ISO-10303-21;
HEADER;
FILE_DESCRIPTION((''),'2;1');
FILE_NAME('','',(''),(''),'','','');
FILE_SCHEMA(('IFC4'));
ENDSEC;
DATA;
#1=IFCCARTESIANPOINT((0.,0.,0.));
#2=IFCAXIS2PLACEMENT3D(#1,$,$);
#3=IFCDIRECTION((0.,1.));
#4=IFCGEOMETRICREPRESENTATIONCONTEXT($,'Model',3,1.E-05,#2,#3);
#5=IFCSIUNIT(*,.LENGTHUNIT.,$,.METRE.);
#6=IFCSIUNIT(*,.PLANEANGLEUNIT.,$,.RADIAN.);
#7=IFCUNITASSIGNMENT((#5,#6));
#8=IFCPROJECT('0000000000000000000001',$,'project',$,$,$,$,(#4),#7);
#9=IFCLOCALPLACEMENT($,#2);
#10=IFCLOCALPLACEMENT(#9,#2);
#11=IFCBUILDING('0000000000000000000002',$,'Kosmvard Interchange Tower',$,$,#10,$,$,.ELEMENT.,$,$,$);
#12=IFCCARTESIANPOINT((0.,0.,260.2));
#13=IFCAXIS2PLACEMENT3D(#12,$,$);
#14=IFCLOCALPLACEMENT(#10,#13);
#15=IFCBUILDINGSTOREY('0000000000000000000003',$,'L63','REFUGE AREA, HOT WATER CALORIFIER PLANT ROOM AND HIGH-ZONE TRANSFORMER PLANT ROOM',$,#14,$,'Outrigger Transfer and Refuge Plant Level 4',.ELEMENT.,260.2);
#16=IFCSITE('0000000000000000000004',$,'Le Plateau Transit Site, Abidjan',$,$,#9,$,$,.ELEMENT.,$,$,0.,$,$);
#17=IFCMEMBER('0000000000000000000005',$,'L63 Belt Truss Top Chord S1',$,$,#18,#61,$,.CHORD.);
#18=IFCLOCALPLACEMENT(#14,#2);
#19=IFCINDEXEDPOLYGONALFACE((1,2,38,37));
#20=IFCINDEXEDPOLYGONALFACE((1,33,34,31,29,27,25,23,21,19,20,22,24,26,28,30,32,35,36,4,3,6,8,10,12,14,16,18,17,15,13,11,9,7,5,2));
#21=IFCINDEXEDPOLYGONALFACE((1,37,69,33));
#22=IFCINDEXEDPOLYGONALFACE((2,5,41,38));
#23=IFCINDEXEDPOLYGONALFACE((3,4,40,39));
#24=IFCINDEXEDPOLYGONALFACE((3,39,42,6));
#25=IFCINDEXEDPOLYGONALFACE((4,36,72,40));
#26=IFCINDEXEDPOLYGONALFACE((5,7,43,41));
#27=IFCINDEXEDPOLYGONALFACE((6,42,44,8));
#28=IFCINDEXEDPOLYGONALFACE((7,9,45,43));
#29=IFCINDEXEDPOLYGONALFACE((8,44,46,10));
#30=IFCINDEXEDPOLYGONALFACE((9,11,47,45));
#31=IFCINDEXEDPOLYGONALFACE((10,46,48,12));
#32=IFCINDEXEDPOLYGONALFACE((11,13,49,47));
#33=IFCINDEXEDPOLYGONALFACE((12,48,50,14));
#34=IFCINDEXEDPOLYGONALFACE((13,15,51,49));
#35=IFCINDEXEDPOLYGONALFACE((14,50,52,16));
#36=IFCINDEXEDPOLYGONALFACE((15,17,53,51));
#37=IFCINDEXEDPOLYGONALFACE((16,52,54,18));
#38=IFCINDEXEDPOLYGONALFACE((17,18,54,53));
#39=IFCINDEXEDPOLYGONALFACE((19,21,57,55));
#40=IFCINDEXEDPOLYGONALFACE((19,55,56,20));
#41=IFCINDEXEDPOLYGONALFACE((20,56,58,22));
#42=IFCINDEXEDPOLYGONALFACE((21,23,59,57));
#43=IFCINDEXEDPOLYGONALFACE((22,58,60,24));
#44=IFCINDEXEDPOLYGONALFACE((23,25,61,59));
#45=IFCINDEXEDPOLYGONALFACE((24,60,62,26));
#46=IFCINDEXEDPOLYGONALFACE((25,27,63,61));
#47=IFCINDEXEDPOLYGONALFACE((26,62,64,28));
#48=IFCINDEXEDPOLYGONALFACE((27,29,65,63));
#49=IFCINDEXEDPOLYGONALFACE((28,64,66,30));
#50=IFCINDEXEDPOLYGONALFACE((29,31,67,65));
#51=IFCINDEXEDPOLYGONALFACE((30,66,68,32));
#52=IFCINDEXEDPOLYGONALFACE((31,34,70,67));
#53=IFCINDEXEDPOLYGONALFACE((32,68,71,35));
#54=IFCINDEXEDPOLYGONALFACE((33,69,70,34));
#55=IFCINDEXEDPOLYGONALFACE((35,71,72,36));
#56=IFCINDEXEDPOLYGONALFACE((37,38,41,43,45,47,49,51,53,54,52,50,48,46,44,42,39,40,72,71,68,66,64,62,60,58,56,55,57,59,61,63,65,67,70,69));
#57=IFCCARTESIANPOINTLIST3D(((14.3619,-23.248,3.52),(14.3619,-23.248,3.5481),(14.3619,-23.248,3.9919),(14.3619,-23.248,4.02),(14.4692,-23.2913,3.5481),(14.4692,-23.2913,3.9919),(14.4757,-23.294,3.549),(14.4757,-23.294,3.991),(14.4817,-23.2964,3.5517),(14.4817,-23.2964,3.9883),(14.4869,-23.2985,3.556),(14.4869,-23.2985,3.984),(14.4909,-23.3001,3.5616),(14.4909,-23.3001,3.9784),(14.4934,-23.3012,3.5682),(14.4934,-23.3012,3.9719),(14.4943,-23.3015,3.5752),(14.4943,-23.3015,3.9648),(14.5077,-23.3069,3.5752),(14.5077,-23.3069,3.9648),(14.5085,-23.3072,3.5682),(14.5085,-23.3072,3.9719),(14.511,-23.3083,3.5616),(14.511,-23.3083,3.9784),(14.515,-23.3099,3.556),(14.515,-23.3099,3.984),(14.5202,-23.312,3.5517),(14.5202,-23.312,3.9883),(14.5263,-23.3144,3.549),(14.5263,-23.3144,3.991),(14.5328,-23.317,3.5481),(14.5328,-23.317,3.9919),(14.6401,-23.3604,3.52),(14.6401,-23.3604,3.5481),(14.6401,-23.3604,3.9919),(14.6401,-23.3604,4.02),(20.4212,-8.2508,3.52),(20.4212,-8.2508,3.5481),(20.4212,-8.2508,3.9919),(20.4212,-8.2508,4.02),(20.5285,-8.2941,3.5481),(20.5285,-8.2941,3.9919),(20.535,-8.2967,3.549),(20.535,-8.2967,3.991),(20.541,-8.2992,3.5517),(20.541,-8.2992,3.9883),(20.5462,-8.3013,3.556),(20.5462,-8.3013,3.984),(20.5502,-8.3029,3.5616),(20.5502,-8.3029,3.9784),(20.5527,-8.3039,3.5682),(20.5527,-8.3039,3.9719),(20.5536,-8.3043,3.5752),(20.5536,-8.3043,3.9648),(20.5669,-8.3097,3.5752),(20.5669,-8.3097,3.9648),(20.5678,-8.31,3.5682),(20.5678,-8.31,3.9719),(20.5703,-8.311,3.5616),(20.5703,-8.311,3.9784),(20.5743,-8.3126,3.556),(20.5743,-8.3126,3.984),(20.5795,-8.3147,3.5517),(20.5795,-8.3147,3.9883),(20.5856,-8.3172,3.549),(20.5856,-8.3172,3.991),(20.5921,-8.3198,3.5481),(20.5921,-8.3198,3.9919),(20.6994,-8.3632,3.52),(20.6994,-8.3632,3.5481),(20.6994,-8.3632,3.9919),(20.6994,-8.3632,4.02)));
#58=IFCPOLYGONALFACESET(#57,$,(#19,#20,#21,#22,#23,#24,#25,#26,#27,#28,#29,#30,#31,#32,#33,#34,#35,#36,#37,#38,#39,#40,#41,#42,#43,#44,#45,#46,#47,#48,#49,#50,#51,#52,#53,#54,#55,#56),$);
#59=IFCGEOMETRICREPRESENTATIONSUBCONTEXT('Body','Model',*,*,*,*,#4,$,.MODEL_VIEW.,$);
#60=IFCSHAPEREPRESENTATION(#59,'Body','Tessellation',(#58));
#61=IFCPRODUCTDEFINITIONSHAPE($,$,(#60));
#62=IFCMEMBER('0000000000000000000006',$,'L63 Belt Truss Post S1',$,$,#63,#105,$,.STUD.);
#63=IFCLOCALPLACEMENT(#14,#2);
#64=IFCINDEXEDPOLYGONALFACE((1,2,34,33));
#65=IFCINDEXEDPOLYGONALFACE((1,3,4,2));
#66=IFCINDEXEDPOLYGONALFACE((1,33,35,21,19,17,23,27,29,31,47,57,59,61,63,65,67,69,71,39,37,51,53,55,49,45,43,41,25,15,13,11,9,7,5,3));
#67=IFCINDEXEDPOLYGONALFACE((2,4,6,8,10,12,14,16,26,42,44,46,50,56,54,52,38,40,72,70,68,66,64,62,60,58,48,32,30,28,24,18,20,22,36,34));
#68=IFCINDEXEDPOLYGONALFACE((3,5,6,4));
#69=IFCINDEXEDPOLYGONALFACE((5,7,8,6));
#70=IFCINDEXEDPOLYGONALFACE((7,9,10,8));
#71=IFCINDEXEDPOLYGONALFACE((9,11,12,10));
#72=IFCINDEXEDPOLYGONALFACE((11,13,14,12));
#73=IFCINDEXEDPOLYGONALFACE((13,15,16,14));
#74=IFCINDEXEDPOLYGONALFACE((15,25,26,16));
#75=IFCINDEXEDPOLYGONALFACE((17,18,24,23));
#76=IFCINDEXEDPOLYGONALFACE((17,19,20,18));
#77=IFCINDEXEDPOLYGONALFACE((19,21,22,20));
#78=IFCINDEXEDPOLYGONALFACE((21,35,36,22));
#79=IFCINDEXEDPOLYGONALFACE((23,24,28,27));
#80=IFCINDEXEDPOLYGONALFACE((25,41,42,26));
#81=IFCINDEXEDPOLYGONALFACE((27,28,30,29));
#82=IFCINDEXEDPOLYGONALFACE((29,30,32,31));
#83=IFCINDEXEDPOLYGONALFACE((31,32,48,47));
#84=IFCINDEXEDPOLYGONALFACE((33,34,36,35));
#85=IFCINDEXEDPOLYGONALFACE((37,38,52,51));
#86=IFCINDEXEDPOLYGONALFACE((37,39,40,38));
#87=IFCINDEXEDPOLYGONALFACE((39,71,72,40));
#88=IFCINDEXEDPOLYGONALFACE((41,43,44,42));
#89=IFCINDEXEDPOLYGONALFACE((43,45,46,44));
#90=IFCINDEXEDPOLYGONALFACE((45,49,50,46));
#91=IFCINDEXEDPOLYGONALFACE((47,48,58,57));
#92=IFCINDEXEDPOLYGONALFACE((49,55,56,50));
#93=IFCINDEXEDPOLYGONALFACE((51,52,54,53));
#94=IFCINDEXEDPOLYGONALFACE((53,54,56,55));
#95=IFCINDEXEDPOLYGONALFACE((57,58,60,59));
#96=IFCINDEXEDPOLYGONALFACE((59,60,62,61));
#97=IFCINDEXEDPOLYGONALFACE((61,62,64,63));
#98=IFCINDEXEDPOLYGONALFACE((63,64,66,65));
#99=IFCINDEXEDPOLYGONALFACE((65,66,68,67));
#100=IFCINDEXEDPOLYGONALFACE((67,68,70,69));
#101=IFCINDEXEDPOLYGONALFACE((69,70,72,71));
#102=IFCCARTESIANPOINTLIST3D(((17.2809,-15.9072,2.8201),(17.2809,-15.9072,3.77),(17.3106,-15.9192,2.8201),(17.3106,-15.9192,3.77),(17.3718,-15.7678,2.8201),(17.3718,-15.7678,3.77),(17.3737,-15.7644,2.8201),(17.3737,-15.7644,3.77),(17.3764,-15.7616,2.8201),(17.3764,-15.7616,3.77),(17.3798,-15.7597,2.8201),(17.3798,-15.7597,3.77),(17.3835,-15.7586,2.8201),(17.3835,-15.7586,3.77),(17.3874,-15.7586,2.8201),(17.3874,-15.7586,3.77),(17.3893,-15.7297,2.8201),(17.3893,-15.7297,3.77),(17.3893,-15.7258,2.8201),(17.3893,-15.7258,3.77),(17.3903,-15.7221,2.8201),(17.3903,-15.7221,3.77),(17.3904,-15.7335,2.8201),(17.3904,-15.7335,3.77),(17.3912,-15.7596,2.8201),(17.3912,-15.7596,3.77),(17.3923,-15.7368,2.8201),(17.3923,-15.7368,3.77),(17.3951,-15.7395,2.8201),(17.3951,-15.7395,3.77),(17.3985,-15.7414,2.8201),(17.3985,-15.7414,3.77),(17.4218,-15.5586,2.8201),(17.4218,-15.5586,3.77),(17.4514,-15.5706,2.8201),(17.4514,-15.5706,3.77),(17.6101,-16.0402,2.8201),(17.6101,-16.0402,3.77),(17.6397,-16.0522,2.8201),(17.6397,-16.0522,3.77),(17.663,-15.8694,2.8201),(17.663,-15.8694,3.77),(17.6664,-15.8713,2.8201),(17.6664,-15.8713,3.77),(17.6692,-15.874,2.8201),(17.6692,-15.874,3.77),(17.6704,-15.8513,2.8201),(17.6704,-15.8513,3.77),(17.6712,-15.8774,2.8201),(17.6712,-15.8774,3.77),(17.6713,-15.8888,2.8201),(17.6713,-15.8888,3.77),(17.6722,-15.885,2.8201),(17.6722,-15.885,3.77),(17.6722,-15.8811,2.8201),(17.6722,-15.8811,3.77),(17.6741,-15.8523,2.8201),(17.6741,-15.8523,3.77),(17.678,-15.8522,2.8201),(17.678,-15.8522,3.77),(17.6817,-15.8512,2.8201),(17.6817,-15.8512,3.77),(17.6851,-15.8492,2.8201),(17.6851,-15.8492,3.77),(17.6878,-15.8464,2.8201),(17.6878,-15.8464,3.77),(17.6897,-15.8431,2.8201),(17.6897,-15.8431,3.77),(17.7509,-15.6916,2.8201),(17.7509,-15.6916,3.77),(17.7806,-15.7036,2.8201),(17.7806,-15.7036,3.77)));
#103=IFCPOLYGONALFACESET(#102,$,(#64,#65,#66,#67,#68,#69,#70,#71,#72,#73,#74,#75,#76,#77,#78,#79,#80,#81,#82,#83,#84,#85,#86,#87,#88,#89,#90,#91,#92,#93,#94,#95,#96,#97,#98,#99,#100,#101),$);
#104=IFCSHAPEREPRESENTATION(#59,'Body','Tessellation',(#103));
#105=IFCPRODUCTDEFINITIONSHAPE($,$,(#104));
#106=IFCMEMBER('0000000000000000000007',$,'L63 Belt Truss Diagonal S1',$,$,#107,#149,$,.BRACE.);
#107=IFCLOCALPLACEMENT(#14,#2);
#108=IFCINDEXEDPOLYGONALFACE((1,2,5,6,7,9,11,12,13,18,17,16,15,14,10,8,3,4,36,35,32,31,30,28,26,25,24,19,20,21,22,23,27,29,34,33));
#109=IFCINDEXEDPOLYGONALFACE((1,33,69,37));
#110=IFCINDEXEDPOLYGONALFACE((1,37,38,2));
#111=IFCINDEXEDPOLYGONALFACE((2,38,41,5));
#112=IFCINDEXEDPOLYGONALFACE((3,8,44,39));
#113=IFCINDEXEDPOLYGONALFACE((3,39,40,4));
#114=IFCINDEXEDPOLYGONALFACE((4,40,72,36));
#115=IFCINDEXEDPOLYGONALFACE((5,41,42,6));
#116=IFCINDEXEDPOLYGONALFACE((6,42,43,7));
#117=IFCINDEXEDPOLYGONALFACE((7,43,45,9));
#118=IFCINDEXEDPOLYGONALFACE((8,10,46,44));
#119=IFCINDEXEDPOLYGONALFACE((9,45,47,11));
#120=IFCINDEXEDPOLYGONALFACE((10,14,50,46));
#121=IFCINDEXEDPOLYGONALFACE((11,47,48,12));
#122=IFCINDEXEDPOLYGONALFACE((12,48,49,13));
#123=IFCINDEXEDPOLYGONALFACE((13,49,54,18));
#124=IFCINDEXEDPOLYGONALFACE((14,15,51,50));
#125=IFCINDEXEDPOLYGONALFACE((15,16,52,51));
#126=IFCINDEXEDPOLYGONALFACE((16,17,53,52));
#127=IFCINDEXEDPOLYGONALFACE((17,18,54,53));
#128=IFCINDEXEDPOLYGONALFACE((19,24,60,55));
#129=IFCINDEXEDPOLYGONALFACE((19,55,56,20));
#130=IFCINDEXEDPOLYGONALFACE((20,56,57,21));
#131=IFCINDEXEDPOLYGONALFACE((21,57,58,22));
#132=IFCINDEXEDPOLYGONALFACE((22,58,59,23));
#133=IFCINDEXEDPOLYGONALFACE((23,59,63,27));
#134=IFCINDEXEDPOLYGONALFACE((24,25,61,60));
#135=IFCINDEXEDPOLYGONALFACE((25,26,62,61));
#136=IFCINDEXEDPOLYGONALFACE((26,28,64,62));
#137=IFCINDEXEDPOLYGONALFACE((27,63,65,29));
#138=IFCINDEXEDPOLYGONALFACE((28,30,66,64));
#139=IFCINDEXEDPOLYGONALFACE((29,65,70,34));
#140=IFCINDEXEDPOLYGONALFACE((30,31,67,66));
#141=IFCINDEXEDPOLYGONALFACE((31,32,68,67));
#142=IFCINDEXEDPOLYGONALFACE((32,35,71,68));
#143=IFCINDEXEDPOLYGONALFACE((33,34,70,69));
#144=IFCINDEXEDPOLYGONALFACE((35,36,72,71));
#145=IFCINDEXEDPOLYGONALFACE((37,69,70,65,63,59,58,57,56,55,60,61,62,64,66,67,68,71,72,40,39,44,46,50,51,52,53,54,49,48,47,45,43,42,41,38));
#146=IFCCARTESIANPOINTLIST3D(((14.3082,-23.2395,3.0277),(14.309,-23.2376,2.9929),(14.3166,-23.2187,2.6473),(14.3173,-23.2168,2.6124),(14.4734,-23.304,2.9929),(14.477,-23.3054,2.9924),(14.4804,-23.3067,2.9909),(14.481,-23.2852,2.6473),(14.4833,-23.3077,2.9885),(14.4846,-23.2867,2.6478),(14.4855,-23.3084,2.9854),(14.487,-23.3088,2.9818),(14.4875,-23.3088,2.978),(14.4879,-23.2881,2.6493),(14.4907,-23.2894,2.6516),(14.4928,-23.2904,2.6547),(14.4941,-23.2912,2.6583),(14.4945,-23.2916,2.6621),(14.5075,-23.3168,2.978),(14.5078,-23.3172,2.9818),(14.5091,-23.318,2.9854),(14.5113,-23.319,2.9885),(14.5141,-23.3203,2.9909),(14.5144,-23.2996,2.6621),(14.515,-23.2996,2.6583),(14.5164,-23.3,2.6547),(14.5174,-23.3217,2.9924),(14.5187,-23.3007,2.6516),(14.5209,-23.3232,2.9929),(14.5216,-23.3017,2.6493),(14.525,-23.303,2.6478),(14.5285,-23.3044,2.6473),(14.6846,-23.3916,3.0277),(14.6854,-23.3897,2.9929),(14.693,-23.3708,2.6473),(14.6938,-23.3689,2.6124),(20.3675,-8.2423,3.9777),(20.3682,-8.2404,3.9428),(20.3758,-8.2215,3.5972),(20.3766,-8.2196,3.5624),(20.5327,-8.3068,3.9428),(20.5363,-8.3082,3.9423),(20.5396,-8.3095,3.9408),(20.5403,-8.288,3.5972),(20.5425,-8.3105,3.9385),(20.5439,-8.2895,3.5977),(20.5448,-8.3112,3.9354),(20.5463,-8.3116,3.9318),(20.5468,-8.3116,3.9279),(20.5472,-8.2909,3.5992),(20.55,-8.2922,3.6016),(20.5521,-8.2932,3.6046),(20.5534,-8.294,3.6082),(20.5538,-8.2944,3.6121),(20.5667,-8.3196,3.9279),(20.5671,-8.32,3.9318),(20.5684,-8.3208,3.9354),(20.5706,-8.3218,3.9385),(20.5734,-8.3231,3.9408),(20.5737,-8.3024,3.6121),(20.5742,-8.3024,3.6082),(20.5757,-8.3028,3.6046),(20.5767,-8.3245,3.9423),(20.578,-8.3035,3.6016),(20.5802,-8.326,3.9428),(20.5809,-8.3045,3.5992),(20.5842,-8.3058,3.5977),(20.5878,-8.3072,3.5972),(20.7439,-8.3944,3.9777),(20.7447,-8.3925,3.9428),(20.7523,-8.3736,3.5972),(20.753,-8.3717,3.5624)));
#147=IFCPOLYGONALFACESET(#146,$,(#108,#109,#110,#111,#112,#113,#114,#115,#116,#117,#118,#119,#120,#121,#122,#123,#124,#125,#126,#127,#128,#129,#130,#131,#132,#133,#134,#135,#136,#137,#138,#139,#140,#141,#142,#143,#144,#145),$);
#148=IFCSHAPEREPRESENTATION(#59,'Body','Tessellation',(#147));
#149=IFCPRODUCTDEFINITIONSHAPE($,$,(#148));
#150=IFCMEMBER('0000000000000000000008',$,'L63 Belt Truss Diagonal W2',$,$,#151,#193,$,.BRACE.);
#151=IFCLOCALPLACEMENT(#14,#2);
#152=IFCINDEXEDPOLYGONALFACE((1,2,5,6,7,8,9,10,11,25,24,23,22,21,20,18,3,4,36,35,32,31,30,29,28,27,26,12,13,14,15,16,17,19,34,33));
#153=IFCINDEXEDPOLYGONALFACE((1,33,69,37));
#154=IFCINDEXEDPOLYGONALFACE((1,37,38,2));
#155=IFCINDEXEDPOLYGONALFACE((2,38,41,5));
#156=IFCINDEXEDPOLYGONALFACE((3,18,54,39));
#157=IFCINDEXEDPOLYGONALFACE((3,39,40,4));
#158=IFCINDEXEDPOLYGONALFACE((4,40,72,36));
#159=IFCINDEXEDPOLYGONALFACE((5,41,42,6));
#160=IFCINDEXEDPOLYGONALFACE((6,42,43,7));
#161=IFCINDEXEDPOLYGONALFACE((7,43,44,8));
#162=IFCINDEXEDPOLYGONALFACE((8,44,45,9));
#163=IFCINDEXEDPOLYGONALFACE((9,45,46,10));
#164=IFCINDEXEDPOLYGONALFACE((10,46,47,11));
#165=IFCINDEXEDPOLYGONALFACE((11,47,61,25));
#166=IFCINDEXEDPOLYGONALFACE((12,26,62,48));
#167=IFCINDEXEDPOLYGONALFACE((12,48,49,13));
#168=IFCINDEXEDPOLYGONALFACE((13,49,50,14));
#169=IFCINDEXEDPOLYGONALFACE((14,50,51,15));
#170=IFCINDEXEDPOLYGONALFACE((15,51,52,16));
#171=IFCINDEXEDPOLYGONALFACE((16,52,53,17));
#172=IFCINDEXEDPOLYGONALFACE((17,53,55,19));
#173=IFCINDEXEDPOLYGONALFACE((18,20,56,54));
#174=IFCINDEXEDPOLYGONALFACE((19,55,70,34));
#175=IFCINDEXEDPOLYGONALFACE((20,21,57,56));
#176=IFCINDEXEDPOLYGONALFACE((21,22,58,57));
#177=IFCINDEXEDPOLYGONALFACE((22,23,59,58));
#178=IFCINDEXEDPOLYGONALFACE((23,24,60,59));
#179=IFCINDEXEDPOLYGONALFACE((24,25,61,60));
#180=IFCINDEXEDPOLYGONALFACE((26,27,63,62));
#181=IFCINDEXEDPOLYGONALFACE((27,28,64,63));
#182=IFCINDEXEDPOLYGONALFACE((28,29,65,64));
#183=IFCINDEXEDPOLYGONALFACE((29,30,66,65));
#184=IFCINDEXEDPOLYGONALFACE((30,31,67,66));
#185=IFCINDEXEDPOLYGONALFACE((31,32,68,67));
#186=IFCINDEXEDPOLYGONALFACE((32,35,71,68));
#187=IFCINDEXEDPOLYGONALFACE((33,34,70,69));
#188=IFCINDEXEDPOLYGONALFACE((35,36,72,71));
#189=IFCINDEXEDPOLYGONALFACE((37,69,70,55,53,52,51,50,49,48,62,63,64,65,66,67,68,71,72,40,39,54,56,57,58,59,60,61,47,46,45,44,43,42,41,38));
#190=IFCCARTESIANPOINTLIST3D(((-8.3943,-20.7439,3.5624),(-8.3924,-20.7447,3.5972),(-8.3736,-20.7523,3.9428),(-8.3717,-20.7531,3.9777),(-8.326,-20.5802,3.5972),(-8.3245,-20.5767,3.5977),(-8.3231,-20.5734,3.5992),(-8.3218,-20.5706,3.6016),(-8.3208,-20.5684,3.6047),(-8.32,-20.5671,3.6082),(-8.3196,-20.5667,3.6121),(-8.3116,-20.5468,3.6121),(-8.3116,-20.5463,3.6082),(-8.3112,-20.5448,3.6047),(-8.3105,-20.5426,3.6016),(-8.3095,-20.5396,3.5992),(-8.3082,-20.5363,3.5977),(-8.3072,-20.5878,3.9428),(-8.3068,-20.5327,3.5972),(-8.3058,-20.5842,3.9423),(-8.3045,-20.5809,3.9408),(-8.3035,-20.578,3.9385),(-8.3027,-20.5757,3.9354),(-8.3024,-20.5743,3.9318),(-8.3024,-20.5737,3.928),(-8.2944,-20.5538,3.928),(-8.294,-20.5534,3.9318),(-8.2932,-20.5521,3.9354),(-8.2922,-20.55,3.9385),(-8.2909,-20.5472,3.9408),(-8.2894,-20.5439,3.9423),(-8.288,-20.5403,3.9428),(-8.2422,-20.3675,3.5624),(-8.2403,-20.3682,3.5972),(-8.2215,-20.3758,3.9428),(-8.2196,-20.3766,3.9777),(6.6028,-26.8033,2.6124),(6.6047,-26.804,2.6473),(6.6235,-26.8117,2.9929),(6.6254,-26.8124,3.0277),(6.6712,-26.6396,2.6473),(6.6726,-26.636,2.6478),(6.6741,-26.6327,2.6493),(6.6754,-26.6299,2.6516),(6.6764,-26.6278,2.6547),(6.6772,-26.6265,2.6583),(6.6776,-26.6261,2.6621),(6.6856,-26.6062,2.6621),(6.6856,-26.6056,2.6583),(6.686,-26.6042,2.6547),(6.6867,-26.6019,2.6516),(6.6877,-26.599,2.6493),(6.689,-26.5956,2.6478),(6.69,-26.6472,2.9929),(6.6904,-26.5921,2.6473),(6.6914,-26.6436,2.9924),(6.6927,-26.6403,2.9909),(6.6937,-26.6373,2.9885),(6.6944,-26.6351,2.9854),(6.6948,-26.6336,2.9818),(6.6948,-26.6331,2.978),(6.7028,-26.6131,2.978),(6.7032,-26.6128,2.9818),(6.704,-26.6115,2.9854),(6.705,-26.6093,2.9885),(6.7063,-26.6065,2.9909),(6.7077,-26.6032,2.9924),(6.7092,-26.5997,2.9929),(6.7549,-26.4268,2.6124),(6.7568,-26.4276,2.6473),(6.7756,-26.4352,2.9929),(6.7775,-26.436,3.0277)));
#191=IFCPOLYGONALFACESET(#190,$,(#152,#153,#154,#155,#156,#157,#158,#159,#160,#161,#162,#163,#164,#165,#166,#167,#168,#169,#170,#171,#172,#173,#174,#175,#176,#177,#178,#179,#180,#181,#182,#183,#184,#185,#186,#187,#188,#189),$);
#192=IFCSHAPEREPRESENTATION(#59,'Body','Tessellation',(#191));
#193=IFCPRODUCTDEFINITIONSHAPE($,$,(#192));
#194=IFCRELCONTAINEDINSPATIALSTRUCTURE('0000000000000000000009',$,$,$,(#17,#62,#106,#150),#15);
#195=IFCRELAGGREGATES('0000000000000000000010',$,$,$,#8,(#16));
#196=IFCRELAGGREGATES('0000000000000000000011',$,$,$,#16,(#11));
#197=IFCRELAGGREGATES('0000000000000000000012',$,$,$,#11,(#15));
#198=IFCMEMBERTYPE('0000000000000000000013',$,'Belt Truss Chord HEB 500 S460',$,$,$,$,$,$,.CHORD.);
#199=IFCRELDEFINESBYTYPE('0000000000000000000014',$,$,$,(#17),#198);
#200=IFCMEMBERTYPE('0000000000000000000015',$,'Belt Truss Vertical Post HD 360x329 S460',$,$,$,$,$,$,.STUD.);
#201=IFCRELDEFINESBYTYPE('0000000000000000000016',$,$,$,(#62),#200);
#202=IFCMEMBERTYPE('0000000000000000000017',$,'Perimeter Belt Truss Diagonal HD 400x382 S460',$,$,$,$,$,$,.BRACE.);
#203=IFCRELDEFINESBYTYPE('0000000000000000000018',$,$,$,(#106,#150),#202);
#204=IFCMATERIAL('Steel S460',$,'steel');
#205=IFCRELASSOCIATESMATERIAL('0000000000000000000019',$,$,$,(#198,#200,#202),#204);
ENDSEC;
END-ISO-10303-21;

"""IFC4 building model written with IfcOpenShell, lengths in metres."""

from ifc_helpers import new_model, si_unit, direction, frame, origin, origin_2d, place, context, subcontext, project, spatial, i_section, extrude, source, transform, mapped, material, material_profile, profile_set, type_object, element, save


model = new_model("IFC4")

# Units and contexts
model_context = context("Model", 3, precision=1e-05, world=origin(), true_north=direction((0.0, 1.0)))
body_context = subcontext(model_context, "Body", "Model", "MODEL_VIEW")
ifc_project = project(units=[si_unit("LENGTHUNIT", "METRE"), si_unit("PLANEANGLEUNIT", "RADIAN")], contexts=[model_context])

# Site, building, storey
site_placement = place(None, origin())
site = spatial("IfcSite", under=ifc_project, at=site_placement, Name="Le Plateau Transit Site, Abidjan", CompositionType="ELEMENT", RefElevation=0.0)
building_placement = place(site_placement, origin())
building = spatial("IfcBuilding", under=site, at=building_placement, Name="Kosmvard Interchange Tower", CompositionType="ELEMENT")
storey_placement = place(building_placement, frame((0.0, 0.0, 260.2)))
storey = spatial("IfcBuildingStorey", under=building, at=storey_placement, Name="L63", Description="REFUGE AREA, HOT WATER CALORIFIER PLANT ROOM AND HIGH-ZONE TRANSFORMER PLANT ROOM", LongName="Outrigger Transfer and Refuge Plant Level 4", CompositionType="ELEMENT", Elevation=260.2)

# Members
ifc_material_1 = material(Name="Steel S460", Category="steel")
ifc_material_profile_1 = material_profile(ifc_material_1, i_section(OverallWidth=0.3, OverallDepth=0.5, WebThickness=0.0144, FlangeThickness=0.0281, FilletRadius=0.0271, at=origin_2d()), Name="HEB 500")
ifc_profile_set_1 = profile_set([ifc_material_profile_1], Name="Steel S460")
member_type_1 = type_object("IfcMemberType", Name="Belt Truss Chord HEB 500 S460", PredefinedType="CHORD", material=ifc_profile_set_1)
shared_shape_1 = source(origin(), body_context, "Body", "SweptSolid", [
    extrude(i_section(OverallWidth=0.3, OverallDepth=0.5, WebThickness=0.0144, FlangeThickness=0.0281, FilletRadius=0.0271, at=origin_2d()), origin(), (0.0, 0.0, 1.0), 16.175),
])
for number, where, z_axis, x_axis, name in (
    (1, (14.501, -23.3042, 3.77), (0.374608, 0.927183, 0.0), (-0.927183, 0.374608, 0.0), "L63 Belt Truss Top Chord S1"),
):
    element("IfcMember", number, at=place(storey_placement, frame(where, z_axis=z_axis, x_axis=x_axis)), inside=storey, type_object=member_type_1, Name=name, PredefinedType="CHORD", context=body_context, shape_type="MappedRepresentation", body=[
        mapped(shared_shape_1, transform((0.0, 0.0, 0.0), scale=1.0)),
    ])
ifc_material_profile_2 = material_profile(ifc_material_1, i_section(OverallWidth=0.376, OverallDepth=0.387, WebThickness=0.0195, FlangeThickness=0.032, FilletRadius=0.0149, at=origin_2d()), Name="HD 360x329")
ifc_profile_set_2 = profile_set([ifc_material_profile_2], Name="Steel S460")
member_type_2 = type_object("IfcMemberType", Name="Belt Truss Vertical Post HD 360x329 S460", PredefinedType="STUD", material=ifc_profile_set_2)
shared_shape_2 = source(origin(), body_context, "Body", "SweptSolid", [
    extrude(i_section(OverallWidth=0.376, OverallDepth=0.387, WebThickness=0.0195, FlangeThickness=0.032, FilletRadius=0.0149, at=origin_2d()), origin(), (0.0, 0.0, 1.0), 0.95),
])
member_placement = place(storey_placement, frame((17.5308, -15.8054, 2.8201), z_axis=(0.0, 0.0, 1.0), x_axis=(0.374607, 0.927184, 0.0)))
element("IfcMember", 2, at=member_placement, inside=storey, type_object=member_type_2, Name="L63 Belt Truss Post S1", PredefinedType="STUD", context=body_context, shape_type="MappedRepresentation", body=[
    mapped(shared_shape_2, transform((0.0, 0.0, 0.0), scale=1.0)),
])
ifc_material_profile_3 = material_profile(ifc_material_1, i_section(OverallWidth=0.406, OverallDepth=0.416, WebThickness=0.0215, FlangeThickness=0.0349, FilletRadius=0.0149, at=origin_2d()), Name="HD 400x382")
ifc_profile_set_3 = profile_set([ifc_material_profile_3], Name="Steel S460")
member_type_3 = type_object("IfcMemberType", Name="Perimeter Belt Truss Diagonal HD 400x382 S460", PredefinedType="BRACE", material=ifc_profile_set_3)
shared_shape_3 = source(origin(), body_context, "Body", "SweptSolid", [
    extrude(i_section(OverallWidth=0.406, OverallDepth=0.416, WebThickness=0.0215, FlangeThickness=0.0349, FilletRadius=0.0149, at=origin_2d()), origin(), (0.0, 0.0, 1.0), 16.2029),
])
for number, where, z_axis, x_axis, name in (
    (3, (14.501, -23.3042, 2.8201), (0.373963, 0.925589, 0.058628), (-0.927183, 0.374608, 0.0), "L63 Belt Truss Diagonal S1"),
    (4, (6.6902, -26.6196, 2.8201), (-0.925586, 0.373968, 0.058629), (-0.374613, -0.927181, 0.0), "L63 Belt Truss Diagonal W2"),
):
    element("IfcMember", number, at=place(storey_placement, frame(where, z_axis=z_axis, x_axis=x_axis)), inside=storey, type_object=member_type_3, Name=name, PredefinedType="BRACE", context=body_context, shape_type="MappedRepresentation", body=[
        mapped(shared_shape_3, transform((0.0, 0.0, 0.0), scale=1.0)),
    ])

save(model, "model.ifc")
